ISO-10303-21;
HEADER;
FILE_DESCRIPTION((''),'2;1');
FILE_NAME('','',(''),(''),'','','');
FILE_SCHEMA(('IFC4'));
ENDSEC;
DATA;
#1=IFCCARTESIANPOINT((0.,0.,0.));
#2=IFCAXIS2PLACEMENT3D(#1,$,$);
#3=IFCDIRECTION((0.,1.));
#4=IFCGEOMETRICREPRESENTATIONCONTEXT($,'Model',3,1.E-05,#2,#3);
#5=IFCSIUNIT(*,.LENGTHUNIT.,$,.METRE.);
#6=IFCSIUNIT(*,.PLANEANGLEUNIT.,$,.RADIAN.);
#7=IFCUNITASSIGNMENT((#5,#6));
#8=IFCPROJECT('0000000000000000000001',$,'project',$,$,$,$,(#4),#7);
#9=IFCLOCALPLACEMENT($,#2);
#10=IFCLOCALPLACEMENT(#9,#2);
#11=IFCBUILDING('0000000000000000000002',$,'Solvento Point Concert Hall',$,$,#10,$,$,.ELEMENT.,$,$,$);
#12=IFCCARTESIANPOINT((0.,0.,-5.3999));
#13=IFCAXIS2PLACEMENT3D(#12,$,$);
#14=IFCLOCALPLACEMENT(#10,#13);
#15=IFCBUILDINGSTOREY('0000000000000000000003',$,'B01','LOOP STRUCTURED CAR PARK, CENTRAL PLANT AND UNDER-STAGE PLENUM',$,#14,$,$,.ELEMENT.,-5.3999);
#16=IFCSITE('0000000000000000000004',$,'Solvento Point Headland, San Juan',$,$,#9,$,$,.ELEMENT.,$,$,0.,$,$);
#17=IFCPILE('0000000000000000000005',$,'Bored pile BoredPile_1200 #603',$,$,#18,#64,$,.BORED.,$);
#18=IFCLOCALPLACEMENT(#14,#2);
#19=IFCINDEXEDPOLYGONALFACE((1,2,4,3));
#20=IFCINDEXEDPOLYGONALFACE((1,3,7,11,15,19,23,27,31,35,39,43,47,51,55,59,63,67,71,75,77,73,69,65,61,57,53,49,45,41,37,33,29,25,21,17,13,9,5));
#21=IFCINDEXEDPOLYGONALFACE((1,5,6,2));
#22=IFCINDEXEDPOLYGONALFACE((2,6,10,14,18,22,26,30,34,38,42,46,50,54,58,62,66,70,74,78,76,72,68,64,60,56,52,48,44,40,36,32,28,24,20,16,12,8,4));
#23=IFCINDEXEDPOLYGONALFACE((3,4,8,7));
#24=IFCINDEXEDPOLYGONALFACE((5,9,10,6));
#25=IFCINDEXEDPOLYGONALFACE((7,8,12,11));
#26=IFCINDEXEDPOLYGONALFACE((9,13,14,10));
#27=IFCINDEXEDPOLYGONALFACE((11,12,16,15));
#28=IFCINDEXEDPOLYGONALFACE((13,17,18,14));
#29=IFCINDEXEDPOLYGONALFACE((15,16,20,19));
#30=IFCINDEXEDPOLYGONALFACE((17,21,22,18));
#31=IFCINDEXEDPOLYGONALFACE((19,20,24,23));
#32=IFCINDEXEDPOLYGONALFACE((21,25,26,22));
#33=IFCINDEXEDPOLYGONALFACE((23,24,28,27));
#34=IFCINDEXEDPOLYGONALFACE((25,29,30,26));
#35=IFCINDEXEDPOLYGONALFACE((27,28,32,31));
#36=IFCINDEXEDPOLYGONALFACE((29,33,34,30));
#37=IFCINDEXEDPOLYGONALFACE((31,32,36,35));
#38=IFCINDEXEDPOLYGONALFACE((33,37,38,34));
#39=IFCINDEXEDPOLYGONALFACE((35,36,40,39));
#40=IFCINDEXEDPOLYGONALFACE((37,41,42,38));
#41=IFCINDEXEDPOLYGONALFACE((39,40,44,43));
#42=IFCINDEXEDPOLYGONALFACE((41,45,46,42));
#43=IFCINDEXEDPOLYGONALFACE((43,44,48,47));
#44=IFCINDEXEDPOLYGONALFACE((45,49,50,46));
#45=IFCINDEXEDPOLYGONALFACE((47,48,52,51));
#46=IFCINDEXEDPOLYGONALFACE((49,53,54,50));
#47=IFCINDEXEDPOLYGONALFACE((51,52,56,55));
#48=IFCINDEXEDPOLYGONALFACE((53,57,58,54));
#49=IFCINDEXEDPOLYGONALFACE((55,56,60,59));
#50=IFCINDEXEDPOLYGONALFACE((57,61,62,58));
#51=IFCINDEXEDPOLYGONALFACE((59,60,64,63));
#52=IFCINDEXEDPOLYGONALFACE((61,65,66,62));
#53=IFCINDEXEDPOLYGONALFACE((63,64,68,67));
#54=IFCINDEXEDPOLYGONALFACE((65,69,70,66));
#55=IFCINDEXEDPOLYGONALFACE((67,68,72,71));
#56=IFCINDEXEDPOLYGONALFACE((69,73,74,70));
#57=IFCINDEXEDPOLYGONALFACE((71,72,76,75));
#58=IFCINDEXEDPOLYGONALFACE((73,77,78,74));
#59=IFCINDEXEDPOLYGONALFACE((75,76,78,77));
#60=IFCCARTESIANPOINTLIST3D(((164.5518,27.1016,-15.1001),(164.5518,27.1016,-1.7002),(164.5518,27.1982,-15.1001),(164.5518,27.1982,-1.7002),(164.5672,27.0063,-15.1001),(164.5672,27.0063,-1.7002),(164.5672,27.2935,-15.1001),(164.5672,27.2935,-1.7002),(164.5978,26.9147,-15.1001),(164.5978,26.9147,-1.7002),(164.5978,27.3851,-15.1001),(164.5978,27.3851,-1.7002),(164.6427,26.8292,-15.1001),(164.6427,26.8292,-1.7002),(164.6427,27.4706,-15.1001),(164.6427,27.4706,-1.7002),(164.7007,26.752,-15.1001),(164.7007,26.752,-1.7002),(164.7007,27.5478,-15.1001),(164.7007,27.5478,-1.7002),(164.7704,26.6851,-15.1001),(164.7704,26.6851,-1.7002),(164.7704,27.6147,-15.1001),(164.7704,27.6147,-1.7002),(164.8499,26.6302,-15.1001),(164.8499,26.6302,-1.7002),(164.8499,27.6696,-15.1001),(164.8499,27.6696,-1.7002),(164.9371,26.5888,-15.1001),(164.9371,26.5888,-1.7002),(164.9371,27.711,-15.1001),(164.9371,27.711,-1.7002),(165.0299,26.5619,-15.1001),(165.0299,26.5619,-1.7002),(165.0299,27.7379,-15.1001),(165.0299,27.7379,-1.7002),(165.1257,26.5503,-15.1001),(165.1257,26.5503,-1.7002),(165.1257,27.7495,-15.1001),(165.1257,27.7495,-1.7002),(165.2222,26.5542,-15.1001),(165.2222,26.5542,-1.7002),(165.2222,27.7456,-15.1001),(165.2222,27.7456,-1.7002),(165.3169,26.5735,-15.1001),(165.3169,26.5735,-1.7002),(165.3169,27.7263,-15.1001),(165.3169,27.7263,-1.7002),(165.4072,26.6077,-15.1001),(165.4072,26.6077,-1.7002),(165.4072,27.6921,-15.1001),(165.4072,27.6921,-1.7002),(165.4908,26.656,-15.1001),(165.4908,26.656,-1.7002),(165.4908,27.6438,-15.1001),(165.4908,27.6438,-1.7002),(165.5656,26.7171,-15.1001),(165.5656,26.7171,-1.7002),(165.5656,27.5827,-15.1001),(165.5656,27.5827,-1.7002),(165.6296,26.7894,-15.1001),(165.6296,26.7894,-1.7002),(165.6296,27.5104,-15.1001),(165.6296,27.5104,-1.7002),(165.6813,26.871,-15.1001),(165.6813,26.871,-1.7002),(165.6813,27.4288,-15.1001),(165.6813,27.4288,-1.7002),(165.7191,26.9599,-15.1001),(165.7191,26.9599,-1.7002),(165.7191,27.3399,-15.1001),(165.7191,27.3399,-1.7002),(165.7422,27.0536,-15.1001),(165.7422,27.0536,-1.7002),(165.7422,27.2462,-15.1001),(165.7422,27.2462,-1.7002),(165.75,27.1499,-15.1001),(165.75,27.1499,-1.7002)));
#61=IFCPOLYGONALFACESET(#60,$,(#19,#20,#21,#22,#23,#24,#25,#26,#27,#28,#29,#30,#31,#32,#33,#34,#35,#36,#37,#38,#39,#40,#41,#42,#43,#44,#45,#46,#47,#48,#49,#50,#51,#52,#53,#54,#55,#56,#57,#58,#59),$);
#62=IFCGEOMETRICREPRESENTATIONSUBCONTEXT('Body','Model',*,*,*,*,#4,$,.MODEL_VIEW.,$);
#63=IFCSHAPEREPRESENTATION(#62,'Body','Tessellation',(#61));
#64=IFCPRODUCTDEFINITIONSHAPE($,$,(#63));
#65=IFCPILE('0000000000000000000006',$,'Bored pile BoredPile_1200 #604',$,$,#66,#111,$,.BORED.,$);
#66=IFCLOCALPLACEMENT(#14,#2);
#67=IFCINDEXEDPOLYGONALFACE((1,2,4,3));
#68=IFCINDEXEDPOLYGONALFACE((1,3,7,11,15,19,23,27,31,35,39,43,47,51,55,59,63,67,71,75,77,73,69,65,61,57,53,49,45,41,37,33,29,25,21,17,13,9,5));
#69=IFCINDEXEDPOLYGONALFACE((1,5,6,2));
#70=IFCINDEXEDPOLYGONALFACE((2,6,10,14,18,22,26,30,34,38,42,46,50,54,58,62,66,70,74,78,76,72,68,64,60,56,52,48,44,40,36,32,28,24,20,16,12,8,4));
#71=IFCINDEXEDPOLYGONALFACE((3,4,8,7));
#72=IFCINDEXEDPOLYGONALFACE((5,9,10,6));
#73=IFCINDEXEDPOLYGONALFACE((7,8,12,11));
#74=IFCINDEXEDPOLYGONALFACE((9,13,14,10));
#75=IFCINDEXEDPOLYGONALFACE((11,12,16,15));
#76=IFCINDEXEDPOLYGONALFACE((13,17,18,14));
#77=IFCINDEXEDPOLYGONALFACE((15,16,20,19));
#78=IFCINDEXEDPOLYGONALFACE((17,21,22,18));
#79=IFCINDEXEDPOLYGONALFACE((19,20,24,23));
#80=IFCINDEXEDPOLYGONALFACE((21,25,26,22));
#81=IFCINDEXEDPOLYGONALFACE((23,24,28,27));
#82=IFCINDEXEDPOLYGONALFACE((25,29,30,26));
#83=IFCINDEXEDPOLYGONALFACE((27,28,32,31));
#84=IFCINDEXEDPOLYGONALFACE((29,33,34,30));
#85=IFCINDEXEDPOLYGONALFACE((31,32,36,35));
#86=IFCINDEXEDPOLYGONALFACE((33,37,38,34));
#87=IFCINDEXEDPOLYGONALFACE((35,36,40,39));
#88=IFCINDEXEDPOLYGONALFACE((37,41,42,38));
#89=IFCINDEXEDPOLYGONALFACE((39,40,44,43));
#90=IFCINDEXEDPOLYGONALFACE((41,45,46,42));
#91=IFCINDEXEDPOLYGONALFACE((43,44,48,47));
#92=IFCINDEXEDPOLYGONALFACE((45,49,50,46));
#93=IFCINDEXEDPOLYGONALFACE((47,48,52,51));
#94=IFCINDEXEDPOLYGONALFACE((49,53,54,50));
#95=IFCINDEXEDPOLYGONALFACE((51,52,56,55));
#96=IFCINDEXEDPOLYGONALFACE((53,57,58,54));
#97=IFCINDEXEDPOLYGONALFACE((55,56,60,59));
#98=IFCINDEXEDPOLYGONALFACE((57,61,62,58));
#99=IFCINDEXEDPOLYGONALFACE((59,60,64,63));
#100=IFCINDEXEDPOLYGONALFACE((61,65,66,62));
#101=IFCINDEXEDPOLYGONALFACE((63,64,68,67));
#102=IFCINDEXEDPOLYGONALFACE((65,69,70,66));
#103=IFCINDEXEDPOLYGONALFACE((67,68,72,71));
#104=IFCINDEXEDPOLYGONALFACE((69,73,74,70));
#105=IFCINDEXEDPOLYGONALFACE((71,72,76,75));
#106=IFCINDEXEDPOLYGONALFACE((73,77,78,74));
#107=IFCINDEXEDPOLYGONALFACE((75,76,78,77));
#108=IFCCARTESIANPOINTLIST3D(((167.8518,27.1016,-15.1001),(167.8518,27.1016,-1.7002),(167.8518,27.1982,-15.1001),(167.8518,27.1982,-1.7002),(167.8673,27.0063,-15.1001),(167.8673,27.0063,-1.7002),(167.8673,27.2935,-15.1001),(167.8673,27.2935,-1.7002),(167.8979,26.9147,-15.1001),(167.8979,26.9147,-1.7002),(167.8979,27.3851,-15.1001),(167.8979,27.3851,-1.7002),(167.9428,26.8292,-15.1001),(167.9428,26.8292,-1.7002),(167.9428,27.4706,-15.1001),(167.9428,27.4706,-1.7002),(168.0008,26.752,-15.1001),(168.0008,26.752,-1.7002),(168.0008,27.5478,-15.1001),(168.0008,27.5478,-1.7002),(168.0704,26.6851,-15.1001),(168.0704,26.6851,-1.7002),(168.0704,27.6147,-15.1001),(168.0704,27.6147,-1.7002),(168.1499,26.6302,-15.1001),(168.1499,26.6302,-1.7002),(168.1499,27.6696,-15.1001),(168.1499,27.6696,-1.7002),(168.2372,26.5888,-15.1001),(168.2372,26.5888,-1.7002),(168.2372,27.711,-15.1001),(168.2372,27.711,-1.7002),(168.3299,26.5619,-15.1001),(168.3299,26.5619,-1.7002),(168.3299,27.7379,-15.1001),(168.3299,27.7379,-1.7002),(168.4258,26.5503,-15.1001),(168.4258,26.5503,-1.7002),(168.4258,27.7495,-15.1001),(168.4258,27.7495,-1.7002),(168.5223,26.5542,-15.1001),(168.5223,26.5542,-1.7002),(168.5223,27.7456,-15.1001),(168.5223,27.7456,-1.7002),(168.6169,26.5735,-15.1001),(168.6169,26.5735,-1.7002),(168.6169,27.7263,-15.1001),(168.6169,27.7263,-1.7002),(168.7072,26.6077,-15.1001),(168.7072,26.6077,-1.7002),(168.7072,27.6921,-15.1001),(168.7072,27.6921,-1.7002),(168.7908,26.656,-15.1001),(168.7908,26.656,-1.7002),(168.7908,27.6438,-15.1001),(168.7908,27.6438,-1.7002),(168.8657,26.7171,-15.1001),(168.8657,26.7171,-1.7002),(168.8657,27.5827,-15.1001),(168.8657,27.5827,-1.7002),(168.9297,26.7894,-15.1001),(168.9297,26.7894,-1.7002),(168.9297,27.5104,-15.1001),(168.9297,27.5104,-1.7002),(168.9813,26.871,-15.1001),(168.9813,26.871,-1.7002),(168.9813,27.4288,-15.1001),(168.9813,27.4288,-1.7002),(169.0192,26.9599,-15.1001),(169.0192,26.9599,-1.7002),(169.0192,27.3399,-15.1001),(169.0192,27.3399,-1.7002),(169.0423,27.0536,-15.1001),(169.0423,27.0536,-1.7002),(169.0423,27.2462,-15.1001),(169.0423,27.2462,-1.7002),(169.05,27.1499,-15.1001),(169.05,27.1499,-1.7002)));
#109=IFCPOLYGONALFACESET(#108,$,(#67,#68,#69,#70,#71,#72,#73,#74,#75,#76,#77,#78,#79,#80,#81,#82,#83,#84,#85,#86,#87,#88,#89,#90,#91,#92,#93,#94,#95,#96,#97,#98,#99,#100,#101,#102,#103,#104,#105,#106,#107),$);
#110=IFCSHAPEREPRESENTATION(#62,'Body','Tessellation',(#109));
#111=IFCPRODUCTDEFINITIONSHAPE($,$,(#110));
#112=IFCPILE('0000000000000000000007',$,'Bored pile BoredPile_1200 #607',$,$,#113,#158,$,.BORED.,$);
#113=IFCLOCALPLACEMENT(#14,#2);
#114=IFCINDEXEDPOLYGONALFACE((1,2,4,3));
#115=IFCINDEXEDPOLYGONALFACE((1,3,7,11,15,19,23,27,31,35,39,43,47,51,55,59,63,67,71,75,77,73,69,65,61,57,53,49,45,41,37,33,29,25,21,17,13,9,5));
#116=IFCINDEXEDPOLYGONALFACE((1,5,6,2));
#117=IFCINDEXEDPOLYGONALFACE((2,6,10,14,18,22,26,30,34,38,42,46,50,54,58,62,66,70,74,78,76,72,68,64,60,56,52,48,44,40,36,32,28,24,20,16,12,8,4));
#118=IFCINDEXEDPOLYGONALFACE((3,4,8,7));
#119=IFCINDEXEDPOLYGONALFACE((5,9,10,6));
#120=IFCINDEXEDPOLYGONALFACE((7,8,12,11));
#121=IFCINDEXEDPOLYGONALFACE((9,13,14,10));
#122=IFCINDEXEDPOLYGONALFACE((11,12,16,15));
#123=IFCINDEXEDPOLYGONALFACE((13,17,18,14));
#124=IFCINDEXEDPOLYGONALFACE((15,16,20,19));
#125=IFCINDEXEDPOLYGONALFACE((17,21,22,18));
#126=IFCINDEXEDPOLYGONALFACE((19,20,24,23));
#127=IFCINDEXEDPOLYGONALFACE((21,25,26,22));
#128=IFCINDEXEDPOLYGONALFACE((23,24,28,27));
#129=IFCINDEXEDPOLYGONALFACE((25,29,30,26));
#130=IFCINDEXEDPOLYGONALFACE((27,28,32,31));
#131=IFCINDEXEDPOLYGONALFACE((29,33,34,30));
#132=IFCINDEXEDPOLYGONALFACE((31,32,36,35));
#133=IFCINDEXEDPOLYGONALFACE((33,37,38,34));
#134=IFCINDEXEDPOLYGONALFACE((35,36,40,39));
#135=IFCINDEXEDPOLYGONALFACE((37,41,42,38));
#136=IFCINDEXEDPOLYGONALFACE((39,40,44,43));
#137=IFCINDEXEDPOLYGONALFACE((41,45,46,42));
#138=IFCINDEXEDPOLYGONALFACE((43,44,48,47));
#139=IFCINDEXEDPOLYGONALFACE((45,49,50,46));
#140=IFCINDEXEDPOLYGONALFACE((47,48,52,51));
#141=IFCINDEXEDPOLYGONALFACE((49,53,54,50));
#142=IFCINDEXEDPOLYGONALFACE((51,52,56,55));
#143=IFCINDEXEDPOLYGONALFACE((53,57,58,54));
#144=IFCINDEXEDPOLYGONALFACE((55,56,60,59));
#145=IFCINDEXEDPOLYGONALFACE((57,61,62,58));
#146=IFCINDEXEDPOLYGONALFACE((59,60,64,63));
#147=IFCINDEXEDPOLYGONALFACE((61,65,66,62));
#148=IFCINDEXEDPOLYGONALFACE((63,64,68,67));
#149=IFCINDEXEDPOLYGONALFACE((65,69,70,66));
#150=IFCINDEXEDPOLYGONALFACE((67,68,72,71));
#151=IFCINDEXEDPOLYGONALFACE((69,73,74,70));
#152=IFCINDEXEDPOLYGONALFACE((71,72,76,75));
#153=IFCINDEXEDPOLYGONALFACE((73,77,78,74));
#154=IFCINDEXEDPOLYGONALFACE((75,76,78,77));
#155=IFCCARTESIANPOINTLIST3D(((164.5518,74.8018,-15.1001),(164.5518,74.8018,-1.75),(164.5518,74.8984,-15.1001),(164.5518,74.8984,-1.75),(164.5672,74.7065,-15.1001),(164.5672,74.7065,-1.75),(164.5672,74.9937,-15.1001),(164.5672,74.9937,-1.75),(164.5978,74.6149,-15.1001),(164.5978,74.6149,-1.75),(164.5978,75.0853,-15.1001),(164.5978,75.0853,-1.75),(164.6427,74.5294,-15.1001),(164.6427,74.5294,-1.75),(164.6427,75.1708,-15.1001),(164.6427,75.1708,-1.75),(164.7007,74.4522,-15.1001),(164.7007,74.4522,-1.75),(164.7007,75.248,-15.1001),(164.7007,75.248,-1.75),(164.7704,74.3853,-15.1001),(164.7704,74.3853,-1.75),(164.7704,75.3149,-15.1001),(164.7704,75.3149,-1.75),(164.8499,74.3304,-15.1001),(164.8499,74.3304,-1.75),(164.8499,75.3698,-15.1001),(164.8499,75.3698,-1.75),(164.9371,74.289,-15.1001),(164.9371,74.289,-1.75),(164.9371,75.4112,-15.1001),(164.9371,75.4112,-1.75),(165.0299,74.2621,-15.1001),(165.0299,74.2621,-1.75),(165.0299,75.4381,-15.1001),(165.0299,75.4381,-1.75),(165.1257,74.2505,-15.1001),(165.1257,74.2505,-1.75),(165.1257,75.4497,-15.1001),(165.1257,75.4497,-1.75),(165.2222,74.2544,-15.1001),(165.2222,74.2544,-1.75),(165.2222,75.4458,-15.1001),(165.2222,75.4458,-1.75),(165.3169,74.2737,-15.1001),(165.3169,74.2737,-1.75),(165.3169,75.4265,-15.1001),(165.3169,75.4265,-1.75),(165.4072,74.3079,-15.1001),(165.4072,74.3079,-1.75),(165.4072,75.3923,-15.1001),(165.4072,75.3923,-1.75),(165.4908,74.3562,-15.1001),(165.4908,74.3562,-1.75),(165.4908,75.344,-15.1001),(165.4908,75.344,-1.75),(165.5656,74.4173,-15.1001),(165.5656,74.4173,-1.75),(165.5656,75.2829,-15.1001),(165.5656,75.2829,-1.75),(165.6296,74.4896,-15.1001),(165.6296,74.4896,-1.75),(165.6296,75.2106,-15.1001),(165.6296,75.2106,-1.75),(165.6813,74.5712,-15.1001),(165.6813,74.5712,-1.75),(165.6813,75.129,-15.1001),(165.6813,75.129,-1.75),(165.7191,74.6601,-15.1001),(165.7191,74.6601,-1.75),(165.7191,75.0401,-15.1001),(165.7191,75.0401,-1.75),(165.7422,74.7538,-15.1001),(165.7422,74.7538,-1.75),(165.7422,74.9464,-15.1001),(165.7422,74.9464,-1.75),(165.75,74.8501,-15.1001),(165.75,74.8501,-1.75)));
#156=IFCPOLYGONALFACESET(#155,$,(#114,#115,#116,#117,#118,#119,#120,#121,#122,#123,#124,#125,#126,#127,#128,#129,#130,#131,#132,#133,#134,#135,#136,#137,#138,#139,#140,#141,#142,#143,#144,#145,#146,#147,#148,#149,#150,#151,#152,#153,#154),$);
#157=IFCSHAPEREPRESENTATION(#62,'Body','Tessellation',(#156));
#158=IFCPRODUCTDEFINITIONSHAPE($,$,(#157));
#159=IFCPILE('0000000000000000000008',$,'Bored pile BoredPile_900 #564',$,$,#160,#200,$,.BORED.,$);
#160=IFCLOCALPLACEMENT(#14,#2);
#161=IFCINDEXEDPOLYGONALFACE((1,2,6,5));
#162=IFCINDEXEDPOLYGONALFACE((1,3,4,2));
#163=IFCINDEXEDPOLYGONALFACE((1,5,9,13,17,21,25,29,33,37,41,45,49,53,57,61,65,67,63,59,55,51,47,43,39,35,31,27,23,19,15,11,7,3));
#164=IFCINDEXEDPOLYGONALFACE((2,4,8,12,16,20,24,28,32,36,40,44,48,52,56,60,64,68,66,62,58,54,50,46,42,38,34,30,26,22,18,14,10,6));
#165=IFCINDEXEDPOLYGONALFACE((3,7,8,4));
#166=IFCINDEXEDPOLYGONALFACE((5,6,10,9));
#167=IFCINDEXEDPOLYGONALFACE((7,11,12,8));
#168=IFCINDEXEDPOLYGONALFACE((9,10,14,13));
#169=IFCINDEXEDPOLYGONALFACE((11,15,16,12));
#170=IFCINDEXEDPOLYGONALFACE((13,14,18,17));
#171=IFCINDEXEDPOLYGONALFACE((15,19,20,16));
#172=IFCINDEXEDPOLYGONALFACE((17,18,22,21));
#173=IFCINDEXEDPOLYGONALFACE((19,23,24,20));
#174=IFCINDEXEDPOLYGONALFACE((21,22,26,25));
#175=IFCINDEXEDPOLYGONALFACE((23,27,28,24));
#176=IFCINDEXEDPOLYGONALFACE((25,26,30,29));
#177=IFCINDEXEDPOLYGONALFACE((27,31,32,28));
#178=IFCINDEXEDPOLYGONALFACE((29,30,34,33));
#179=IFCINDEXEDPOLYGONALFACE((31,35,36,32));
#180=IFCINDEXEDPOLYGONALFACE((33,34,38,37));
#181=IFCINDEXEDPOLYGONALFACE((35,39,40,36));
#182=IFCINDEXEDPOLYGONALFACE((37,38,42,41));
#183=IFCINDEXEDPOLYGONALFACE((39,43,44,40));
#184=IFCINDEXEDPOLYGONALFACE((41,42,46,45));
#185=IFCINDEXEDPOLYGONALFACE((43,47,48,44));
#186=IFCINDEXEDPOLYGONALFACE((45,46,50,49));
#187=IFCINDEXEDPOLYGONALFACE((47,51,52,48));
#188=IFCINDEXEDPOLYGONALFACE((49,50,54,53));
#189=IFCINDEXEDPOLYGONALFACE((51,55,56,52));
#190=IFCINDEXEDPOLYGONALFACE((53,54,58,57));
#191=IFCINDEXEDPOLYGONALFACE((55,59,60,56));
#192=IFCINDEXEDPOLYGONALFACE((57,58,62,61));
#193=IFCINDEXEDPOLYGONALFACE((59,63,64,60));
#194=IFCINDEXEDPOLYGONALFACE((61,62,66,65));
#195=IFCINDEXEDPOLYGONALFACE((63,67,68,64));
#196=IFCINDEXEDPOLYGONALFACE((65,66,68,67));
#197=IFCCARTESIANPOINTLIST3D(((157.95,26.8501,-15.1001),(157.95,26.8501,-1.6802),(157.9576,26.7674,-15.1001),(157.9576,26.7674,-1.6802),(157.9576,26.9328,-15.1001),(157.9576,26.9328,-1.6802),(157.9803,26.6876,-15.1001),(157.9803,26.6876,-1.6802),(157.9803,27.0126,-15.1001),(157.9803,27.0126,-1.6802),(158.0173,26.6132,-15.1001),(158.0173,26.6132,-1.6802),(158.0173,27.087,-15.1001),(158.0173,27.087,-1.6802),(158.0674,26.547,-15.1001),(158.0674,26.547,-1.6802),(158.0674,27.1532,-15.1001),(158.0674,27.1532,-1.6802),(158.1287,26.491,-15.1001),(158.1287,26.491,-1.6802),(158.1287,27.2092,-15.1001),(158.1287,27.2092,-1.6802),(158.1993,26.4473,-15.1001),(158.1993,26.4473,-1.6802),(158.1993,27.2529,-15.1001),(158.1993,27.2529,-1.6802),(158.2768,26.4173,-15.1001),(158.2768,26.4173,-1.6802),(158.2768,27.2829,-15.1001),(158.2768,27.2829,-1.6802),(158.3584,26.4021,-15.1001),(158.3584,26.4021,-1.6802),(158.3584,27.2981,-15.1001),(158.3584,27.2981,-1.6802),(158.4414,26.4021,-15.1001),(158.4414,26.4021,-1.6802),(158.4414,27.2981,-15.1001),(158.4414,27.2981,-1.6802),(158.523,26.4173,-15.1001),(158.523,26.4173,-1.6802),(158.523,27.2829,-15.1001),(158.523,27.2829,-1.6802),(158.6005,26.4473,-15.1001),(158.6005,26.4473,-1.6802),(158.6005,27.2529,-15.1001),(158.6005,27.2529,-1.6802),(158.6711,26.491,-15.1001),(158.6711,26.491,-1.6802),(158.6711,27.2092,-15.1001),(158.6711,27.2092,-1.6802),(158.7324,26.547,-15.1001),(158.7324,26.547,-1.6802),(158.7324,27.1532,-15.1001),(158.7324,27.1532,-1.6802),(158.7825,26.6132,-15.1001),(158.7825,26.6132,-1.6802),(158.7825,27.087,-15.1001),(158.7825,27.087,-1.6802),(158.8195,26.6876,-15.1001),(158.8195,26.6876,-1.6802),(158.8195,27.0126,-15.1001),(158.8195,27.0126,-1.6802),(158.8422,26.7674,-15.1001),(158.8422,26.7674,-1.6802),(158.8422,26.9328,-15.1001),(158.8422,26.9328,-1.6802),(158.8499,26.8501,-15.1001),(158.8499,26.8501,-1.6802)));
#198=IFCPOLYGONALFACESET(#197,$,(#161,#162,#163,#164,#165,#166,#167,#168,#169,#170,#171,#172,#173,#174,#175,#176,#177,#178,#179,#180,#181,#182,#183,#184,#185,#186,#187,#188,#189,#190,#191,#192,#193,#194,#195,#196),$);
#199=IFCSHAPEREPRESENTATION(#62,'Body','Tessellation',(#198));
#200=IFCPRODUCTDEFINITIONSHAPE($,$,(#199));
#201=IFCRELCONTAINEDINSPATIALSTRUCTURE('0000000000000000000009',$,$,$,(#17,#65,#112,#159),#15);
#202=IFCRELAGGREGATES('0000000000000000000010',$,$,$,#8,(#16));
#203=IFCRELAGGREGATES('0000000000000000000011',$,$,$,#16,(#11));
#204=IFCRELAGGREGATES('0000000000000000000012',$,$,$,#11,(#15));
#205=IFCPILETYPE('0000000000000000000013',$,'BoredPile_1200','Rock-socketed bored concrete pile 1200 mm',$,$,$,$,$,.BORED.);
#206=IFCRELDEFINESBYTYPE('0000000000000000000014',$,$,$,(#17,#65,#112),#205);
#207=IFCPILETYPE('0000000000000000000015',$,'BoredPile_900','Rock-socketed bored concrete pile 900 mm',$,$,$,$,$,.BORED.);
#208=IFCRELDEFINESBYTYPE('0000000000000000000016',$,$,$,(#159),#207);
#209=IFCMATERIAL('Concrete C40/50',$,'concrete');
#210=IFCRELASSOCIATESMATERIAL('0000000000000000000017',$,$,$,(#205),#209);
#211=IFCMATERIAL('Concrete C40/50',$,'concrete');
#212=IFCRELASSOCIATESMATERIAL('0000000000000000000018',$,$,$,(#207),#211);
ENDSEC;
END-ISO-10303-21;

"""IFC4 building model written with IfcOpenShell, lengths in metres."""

from ifc_helpers import new_model, si_unit, direction, frame, origin, origin_2d, place, context, subcontext, project, spatial, circle, extrude, material, material_profile, profile_set, type_object, element, save


model = new_model("IFC4")

# Units and contexts
model_context = context("Model", 3, precision=1e-05, world=origin(), true_north=direction((0.0, 1.0)))
body_context = subcontext(model_context, "Body", "Model", "MODEL_VIEW")
ifc_project = project(units=[si_unit("LENGTHUNIT", "METRE"), si_unit("PLANEANGLEUNIT", "RADIAN")], contexts=[model_context])

# Site, building, storey
site_placement = place(None, origin())
site = spatial("IfcSite", under=ifc_project, at=site_placement, Name="Solvento Point Headland, San Juan", CompositionType="ELEMENT", RefElevation=0.0)
building_placement = place(site_placement, origin())
building = spatial("IfcBuilding", under=site, at=building_placement, Name="Solvento Point Concert Hall", CompositionType="ELEMENT")
storey_placement = place(building_placement, frame((0.0, 0.0, -5.3999)))
storey = spatial("IfcBuildingStorey", under=building, at=storey_placement, Name="B01", Description="LOOP STRUCTURED CAR PARK, CENTRAL PLANT AND UNDER-STAGE PLENUM", CompositionType="ELEMENT", Elevation=-5.3999)

# Piles
ifc_material_1 = material(Name="Concrete C40/50", Category="concrete")
ifc_material_profile_1 = material_profile(ifc_material_1, circle(Radius=0.6001, at=origin_2d()), Name="BP-1200")
ifc_profile_set_1 = profile_set([ifc_material_profile_1], Name="Concrete C40/50")
pile_type_1 = type_object("IfcPileType", Name="BoredPile_1200", Description="Rock-socketed bored concrete pile 1200 mm", PredefinedType="BORED", material=ifc_profile_set_1)
for number, where, z_axis, x_axis, name in (
    (1, (165.1499, 27.1499, -1.7002), (0.0, 0.0, -1.0), (1.0, 0.0, 0.0), "Bored pile BoredPile_1200 #603"),
    (2, (168.45, 27.1499, -1.7002), (0.0, 0.0, -1.0), (1.0, 0.0, 0.0), "Bored pile BoredPile_1200 #604"),
):
    element("IfcPile", number, at=place(storey_placement, frame(where, z_axis=z_axis, x_axis=x_axis)), inside=storey, type_object=pile_type_1, Name=name, PredefinedType="BORED", context=body_context, shape_type="SweptSolid", body=[
        extrude(circle(Radius=0.6001, at=origin_2d()), origin(), (0.0, 0.0, 1.0), 13.3999),
    ])
pile_1_placement = place(storey_placement, frame((165.1499, 74.8501, -1.75), z_axis=(0.0, 0.0, -1.0), x_axis=(1.0, 0.0, 0.0)))
element("IfcPile", 3, at=pile_1_placement, inside=storey, type_object=pile_type_1, Name="Bored pile BoredPile_1200 #607", PredefinedType="BORED", context=body_context, shape_type="SweptSolid", body=[
    extrude(circle(Radius=0.6001, at=origin_2d()), origin(), (0.0, 0.0, 1.0), 13.3501),
])
ifc_material_2 = material(Name="Concrete C40/50", Category="concrete")
ifc_material_profile_2 = material_profile(ifc_material_2, circle(Radius=0.45, at=origin_2d()), Name="BP-900")
ifc_profile_set_2 = profile_set([ifc_material_profile_2], Name="Concrete C40/50")
pile_type_2 = type_object("IfcPileType", Name="BoredPile_900", Description="Rock-socketed bored concrete pile 900 mm", PredefinedType="BORED", material=ifc_profile_set_2)
pile_2_placement = place(storey_placement, frame((158.3999, 26.8501, -1.6802), z_axis=(0.0, 0.0, -1.0), x_axis=(1.0, 0.0, 0.0)))
element("IfcPile", 4, at=pile_2_placement, inside=storey, type_object=pile_type_2, Name="Bored pile BoredPile_900 #564", PredefinedType="BORED", context=body_context, shape_type="SweptSolid", body=[
    extrude(circle(Radius=0.45, at=origin_2d()), origin(), (0.0, 0.0, 1.0), 13.4199),
])

save(model, "model.ifc")
